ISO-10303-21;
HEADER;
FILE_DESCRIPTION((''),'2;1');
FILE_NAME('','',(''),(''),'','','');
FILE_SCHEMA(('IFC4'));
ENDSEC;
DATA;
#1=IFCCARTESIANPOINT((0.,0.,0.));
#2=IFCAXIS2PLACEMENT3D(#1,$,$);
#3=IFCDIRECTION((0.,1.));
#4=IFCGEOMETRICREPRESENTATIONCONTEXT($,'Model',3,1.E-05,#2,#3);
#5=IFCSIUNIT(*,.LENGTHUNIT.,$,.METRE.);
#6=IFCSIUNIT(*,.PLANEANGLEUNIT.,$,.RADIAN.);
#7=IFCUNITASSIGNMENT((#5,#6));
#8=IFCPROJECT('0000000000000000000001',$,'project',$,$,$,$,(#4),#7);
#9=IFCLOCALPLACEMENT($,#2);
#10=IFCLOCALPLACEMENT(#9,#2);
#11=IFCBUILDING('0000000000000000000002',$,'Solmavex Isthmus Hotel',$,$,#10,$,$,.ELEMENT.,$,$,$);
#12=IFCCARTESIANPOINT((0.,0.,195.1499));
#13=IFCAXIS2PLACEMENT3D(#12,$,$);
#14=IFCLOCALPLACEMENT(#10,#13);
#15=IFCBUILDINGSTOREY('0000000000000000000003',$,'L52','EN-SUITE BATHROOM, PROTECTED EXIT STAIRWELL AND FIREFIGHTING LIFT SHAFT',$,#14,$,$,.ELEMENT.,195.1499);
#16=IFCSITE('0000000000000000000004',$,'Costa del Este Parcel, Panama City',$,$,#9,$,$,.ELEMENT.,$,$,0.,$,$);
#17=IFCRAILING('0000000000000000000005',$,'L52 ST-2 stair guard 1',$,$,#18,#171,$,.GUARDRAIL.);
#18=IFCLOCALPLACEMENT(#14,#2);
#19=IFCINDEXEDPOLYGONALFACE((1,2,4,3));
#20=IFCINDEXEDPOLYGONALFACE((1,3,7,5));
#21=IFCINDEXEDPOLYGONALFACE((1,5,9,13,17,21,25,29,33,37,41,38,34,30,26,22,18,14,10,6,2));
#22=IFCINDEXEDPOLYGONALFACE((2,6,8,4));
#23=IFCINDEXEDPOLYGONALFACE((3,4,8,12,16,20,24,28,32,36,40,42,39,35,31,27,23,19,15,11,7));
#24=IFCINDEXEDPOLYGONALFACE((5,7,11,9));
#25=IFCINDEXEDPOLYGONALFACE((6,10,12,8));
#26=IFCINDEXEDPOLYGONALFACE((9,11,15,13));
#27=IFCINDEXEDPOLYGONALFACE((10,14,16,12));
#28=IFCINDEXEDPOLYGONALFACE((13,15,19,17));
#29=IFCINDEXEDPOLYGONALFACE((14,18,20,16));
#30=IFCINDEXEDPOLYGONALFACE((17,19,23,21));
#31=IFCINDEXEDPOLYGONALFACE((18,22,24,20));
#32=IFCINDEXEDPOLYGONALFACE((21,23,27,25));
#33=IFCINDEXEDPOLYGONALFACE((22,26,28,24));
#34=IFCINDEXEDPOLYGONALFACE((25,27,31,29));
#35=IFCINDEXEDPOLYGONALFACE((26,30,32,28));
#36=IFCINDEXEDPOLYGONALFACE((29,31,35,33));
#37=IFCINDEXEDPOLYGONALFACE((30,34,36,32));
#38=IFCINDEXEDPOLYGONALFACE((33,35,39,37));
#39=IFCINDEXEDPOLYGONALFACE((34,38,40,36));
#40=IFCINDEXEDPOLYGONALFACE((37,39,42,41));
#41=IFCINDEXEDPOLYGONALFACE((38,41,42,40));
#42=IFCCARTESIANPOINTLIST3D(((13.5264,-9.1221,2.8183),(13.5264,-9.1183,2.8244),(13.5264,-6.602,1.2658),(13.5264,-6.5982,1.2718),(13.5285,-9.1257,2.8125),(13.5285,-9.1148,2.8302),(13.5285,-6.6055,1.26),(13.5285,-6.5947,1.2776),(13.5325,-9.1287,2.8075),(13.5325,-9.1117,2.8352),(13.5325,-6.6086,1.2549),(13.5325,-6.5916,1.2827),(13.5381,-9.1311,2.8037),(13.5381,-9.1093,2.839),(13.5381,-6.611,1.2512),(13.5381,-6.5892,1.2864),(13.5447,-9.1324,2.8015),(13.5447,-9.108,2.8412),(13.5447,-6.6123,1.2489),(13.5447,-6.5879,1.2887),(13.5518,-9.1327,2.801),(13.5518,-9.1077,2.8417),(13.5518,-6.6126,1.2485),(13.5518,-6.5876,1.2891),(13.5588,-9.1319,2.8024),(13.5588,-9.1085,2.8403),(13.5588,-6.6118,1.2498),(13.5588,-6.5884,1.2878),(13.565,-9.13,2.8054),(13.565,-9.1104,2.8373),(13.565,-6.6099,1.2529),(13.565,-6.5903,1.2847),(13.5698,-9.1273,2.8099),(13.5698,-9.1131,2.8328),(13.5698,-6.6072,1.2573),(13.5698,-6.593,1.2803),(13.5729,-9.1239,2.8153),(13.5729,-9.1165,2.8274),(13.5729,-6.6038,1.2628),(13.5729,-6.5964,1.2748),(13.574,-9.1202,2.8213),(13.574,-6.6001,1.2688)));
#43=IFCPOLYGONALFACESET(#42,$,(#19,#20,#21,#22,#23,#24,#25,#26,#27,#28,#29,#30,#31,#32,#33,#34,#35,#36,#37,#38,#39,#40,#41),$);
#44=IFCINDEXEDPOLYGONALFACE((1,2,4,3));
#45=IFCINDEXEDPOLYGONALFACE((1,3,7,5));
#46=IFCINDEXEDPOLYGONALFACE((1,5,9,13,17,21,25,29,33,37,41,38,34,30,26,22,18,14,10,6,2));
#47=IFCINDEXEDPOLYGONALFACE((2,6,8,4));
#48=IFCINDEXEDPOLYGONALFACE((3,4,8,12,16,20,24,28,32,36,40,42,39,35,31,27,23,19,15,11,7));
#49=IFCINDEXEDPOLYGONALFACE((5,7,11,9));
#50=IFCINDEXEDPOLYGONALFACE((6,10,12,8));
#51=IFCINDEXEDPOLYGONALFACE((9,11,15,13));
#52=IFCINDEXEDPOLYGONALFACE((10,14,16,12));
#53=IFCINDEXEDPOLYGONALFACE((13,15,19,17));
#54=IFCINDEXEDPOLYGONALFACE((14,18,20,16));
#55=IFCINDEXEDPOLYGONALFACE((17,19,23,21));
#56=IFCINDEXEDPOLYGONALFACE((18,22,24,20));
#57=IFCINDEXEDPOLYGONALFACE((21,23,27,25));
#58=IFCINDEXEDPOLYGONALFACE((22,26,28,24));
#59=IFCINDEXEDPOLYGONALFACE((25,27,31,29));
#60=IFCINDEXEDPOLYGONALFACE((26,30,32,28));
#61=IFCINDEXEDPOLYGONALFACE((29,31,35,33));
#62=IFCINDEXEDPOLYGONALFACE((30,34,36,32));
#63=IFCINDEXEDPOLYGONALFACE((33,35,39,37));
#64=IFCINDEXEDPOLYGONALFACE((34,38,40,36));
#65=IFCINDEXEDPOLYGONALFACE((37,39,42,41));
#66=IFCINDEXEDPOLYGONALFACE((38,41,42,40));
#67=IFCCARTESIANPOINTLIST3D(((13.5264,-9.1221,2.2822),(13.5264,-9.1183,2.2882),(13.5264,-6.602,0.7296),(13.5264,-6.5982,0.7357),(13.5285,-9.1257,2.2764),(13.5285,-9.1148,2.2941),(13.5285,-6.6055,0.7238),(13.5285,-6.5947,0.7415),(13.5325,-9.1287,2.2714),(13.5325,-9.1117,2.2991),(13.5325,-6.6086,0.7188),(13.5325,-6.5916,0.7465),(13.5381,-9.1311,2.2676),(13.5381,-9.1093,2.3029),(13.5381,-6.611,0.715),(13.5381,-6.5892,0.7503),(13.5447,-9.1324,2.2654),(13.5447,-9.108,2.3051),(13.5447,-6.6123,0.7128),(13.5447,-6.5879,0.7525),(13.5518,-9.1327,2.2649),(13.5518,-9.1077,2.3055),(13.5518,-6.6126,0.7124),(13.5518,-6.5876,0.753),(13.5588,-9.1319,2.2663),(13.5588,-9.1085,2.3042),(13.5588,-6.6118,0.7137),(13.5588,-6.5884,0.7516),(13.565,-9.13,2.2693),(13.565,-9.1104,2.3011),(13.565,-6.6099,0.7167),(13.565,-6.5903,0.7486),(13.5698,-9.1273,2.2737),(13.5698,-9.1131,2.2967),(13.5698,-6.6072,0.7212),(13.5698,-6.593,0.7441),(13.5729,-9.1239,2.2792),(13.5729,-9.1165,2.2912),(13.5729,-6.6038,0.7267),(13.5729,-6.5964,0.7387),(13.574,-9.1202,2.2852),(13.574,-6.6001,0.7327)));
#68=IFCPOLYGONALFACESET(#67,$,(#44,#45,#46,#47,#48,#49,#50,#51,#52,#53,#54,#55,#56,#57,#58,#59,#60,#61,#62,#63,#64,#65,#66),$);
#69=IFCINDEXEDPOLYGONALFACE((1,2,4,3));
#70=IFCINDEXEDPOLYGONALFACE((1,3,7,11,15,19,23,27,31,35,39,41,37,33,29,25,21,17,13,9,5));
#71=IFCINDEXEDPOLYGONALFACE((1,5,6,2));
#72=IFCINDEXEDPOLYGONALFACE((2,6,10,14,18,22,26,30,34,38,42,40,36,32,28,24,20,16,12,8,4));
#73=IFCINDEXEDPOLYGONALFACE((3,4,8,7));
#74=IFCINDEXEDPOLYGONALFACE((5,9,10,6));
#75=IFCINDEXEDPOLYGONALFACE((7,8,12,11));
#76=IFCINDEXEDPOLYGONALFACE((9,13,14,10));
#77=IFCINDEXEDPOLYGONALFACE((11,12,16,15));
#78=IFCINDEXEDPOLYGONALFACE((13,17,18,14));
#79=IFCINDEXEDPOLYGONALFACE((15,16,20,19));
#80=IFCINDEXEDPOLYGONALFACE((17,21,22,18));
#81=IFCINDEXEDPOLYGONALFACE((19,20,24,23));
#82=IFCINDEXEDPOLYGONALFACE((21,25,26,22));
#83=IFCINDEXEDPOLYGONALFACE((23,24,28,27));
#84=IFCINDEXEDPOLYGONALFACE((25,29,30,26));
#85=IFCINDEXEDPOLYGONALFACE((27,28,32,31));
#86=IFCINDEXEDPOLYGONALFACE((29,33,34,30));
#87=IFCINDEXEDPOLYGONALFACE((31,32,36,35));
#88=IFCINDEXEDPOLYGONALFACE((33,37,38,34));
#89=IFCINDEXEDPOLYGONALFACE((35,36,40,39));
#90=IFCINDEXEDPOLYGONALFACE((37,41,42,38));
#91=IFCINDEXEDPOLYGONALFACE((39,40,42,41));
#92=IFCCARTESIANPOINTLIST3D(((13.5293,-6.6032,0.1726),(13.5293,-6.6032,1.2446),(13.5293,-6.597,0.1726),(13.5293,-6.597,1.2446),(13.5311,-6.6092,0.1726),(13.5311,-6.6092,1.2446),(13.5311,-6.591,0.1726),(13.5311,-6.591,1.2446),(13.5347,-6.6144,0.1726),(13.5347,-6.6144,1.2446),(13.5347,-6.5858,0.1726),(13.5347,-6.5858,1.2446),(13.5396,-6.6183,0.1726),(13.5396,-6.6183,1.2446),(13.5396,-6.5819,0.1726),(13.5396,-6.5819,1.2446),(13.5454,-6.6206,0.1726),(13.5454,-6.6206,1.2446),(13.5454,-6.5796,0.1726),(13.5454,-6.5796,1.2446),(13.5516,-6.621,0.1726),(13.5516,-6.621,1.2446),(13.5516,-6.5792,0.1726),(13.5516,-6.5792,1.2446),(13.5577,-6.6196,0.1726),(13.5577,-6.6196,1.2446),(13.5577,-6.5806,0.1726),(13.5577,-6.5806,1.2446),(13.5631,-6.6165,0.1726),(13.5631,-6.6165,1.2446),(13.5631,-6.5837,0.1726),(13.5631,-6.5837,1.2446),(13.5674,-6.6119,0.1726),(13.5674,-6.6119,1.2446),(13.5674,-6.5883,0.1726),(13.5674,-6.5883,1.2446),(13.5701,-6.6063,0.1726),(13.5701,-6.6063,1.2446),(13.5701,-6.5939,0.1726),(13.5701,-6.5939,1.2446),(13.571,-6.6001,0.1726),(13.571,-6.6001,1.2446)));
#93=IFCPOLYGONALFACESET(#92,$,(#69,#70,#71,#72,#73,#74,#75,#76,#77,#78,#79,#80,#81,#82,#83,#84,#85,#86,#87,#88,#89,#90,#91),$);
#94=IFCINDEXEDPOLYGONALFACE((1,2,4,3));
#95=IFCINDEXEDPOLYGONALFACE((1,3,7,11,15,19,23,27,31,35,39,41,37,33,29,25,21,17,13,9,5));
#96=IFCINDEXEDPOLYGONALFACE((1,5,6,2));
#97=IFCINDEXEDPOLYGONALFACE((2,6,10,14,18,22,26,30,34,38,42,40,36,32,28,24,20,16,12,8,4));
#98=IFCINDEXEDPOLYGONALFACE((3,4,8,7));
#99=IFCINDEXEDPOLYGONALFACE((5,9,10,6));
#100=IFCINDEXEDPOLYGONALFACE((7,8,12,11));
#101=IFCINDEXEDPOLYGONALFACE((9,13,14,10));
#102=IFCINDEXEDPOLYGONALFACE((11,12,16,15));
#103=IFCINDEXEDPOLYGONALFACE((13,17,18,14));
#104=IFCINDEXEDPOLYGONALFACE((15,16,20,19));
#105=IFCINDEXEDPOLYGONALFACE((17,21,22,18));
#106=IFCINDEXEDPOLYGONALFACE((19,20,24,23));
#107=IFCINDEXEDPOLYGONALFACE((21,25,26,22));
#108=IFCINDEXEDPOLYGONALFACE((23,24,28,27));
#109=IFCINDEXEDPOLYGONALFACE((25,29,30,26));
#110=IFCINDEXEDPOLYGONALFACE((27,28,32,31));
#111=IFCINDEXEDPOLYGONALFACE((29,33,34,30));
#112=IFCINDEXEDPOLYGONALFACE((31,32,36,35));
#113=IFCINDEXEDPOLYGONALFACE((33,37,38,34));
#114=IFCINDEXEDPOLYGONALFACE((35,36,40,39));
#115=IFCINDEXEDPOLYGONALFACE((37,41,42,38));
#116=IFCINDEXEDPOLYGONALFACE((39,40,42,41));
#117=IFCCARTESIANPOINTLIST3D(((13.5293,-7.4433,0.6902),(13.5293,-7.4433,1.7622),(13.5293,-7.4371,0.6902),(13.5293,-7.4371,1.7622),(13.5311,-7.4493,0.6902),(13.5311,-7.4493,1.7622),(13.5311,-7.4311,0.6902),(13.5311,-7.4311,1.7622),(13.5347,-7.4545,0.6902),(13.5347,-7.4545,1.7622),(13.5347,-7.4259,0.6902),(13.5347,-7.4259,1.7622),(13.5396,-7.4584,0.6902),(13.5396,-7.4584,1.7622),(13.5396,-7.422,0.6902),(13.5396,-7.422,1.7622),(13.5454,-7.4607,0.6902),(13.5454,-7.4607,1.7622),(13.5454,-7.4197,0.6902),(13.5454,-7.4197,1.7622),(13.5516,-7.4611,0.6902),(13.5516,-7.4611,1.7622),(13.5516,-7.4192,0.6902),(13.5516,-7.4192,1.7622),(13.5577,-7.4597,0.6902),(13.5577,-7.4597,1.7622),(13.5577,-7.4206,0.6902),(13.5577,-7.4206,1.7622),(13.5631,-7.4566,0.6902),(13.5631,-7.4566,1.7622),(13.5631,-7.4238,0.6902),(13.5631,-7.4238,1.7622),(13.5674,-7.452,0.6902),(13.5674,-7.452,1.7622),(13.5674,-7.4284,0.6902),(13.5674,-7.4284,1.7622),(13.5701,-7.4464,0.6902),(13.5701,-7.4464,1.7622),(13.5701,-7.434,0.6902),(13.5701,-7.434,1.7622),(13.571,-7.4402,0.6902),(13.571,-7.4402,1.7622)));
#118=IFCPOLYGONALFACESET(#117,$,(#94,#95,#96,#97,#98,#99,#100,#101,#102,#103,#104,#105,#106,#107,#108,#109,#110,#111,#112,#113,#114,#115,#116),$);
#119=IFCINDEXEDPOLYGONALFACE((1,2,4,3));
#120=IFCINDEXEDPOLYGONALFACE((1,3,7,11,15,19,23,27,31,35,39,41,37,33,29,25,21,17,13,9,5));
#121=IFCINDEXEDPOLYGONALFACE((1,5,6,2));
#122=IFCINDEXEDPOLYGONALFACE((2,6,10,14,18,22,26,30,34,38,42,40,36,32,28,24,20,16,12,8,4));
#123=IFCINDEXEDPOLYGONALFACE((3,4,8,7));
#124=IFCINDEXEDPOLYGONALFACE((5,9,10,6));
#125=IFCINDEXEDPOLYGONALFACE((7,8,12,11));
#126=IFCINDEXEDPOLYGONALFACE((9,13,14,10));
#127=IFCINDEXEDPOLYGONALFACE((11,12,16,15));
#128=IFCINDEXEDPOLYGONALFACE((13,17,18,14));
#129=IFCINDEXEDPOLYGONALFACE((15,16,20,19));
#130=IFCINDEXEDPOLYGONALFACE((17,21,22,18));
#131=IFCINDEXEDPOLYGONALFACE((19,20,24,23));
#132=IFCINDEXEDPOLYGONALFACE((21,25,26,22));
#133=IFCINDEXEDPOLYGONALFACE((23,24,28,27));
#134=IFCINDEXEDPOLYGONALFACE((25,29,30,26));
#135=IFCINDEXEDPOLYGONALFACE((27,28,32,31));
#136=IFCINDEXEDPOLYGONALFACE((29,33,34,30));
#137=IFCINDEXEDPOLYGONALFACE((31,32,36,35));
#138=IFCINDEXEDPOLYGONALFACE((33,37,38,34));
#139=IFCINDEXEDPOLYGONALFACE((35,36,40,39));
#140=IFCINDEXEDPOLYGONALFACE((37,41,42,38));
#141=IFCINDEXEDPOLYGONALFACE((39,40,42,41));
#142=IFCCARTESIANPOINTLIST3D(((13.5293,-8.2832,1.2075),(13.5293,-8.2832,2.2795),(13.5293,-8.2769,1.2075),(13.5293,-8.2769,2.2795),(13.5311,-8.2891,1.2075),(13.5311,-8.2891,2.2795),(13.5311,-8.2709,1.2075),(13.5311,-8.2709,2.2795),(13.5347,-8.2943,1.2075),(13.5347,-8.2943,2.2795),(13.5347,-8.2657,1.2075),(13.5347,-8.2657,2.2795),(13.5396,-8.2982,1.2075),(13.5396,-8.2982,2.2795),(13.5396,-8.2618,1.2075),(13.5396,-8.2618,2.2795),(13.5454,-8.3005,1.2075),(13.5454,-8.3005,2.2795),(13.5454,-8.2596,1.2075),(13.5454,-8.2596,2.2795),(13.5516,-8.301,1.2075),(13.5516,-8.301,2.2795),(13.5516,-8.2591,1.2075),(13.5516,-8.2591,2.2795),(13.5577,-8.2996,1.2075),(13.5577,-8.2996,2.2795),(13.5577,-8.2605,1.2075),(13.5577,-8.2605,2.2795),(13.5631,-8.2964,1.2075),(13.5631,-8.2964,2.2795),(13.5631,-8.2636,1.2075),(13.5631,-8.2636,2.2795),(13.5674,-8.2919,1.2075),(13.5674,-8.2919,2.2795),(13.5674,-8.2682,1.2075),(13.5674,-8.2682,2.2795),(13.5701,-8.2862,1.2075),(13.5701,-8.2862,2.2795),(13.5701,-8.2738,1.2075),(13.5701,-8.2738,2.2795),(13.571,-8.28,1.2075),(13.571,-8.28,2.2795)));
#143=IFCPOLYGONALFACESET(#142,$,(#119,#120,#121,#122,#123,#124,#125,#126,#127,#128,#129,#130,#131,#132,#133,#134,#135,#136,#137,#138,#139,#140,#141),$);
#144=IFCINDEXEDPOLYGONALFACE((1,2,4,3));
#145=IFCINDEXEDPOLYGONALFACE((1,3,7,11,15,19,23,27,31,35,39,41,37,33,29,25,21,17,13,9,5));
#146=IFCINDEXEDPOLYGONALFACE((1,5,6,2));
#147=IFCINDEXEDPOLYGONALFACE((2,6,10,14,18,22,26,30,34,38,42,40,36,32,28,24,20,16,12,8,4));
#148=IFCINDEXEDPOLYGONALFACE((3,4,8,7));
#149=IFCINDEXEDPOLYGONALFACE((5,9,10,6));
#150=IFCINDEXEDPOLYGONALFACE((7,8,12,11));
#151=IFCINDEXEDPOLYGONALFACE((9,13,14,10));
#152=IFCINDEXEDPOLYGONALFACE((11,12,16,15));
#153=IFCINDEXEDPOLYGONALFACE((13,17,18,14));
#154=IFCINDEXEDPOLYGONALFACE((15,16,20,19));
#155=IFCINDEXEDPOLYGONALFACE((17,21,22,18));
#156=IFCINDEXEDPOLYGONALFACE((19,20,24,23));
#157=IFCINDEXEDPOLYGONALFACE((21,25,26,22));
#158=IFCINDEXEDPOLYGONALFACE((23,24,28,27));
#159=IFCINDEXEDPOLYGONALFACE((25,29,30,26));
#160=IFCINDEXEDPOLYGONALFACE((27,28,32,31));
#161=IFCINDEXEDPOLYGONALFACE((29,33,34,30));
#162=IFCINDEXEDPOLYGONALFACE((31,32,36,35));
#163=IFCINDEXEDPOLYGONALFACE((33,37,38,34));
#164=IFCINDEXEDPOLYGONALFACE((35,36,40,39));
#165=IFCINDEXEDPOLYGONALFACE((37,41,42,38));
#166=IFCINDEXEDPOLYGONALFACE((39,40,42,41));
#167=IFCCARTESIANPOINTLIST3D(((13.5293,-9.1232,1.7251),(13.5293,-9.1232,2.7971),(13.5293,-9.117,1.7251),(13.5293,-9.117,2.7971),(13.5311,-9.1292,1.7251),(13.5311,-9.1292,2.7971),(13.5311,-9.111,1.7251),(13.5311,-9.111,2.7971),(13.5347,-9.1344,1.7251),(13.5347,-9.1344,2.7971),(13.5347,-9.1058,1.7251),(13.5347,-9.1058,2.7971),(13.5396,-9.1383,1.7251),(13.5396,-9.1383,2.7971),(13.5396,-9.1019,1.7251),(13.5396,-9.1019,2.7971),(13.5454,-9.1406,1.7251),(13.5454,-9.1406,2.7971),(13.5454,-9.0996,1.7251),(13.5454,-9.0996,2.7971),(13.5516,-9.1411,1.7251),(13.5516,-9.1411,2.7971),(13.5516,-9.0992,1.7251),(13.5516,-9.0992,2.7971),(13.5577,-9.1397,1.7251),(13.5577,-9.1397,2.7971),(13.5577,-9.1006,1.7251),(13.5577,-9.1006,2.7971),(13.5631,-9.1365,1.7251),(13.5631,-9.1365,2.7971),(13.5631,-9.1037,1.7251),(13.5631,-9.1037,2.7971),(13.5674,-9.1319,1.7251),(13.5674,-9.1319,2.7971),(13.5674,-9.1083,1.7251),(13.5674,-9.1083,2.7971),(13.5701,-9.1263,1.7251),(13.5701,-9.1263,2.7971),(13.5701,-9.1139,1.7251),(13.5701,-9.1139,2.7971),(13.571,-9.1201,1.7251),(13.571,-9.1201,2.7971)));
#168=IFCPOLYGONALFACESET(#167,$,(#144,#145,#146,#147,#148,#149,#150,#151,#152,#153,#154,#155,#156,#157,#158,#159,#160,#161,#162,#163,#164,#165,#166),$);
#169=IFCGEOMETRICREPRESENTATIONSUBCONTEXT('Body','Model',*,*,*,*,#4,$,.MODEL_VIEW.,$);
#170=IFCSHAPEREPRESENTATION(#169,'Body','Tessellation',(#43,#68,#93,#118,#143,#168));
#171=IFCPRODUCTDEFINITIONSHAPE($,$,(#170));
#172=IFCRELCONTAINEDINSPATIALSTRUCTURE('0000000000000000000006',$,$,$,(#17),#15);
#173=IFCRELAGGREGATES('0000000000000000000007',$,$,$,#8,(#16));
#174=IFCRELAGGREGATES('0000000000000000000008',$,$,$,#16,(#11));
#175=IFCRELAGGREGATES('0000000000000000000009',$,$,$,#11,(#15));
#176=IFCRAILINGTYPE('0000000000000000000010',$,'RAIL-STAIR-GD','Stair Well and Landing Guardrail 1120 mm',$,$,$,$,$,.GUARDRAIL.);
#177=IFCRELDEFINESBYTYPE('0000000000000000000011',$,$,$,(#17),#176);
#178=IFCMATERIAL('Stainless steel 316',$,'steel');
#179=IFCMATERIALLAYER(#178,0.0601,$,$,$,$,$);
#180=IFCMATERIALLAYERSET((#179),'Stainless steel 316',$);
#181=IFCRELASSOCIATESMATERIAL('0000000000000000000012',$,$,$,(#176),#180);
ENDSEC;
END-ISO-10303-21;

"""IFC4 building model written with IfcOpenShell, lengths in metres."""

from ifc_helpers import new_model, si_unit, direction, frame, origin, origin_2d, place, context, subcontext, project, spatial, circle, extrude, material, layer, layer_set, type_object, element, save


model = new_model("IFC4")

# Units and contexts
model_context = context("Model", 3, precision=1e-05, world=origin(), true_north=direction((0.0, 1.0)))
body_context = subcontext(model_context, "Body", "Model", "MODEL_VIEW")
ifc_project = project(units=[si_unit("LENGTHUNIT", "METRE"), si_unit("PLANEANGLEUNIT", "RADIAN")], contexts=[model_context])

# Site, building, storey
site_placement = place(None, origin())
site = spatial("IfcSite", under=ifc_project, at=site_placement, Name="Costa del Este Parcel, Panama City", CompositionType="ELEMENT", RefElevation=0.0)
building_placement = place(site_placement, origin())
building = spatial("IfcBuilding", under=site, at=building_placement, Name="Solmavex Isthmus Hotel", CompositionType="ELEMENT")
storey_placement = place(building_placement, frame((0.0, 0.0, 195.1499)))
storey = spatial("IfcBuildingStorey", under=building, at=storey_placement, Name="L52", Description="EN-SUITE BATHROOM, PROTECTED EXIT STAIRWELL AND FIREFIGHTING LIFT SHAFT", CompositionType="ELEMENT", Elevation=195.1499)

# Railing
ifc_material_1 = material(Name="Stainless steel 316", Category="steel")
ifc_layer_1 = layer(ifc_material_1, 0.0601)
ifc_layer_set_1 = layer_set([ifc_layer_1], Name="Stainless steel 316")
railing_type_1 = type_object("IfcRailingType", Name="RAIL-STAIR-GD", Description="Stair Well and Landing Guardrail 1120 mm", PredefinedType="GUARDRAIL", material=ifc_layer_set_1)
railing_1_placement = place(storey_placement, frame((13.55, -6.6001, 0.1726)))
element("IfcRailing", 1, at=railing_1_placement, inside=storey, type_object=railing_type_1, Name="L52 ST-2 stair guard 1", PredefinedType="GUARDRAIL", context=body_context, shape_type="SweptSolid", body=[
    extrude(circle(Radius=0.0239, at=origin_2d()), frame((0.0, 0.0, 1.0962), z_axis=(0.0, -0.8514, 0.524516), x_axis=(1.0, 0.0, 0.0)), (0.0, 0.0, 1.0), 2.96),
    extrude(circle(Radius=0.0239, at=origin_2d()), frame((0.0, 0.0, 0.5601), z_axis=(0.0, -0.8514, 0.524516), x_axis=(1.0, 0.0, 0.0)), (0.0, 0.0, 1.0), 2.96),
    extrude(circle(Radius=0.021, at=origin_2d()), origin(), (0.0, 0.0, 1.0), 1.072),
    extrude(circle(Radius=0.021, at=origin_2d()), frame((0.0, -0.8401, 0.5176)), (0.0, 0.0, 1.0), 1.072),
    extrude(circle(Radius=0.021, at=origin_2d()), frame((0.0, -1.6799, 1.0349)), (0.0, 0.0, 1.0), 1.072),
    extrude(circle(Radius=0.021, at=origin_2d()), frame((0.0, -2.52, 1.5525)), (0.0, 0.0, 1.0), 1.072),
])

save(model, "model.ifc")
